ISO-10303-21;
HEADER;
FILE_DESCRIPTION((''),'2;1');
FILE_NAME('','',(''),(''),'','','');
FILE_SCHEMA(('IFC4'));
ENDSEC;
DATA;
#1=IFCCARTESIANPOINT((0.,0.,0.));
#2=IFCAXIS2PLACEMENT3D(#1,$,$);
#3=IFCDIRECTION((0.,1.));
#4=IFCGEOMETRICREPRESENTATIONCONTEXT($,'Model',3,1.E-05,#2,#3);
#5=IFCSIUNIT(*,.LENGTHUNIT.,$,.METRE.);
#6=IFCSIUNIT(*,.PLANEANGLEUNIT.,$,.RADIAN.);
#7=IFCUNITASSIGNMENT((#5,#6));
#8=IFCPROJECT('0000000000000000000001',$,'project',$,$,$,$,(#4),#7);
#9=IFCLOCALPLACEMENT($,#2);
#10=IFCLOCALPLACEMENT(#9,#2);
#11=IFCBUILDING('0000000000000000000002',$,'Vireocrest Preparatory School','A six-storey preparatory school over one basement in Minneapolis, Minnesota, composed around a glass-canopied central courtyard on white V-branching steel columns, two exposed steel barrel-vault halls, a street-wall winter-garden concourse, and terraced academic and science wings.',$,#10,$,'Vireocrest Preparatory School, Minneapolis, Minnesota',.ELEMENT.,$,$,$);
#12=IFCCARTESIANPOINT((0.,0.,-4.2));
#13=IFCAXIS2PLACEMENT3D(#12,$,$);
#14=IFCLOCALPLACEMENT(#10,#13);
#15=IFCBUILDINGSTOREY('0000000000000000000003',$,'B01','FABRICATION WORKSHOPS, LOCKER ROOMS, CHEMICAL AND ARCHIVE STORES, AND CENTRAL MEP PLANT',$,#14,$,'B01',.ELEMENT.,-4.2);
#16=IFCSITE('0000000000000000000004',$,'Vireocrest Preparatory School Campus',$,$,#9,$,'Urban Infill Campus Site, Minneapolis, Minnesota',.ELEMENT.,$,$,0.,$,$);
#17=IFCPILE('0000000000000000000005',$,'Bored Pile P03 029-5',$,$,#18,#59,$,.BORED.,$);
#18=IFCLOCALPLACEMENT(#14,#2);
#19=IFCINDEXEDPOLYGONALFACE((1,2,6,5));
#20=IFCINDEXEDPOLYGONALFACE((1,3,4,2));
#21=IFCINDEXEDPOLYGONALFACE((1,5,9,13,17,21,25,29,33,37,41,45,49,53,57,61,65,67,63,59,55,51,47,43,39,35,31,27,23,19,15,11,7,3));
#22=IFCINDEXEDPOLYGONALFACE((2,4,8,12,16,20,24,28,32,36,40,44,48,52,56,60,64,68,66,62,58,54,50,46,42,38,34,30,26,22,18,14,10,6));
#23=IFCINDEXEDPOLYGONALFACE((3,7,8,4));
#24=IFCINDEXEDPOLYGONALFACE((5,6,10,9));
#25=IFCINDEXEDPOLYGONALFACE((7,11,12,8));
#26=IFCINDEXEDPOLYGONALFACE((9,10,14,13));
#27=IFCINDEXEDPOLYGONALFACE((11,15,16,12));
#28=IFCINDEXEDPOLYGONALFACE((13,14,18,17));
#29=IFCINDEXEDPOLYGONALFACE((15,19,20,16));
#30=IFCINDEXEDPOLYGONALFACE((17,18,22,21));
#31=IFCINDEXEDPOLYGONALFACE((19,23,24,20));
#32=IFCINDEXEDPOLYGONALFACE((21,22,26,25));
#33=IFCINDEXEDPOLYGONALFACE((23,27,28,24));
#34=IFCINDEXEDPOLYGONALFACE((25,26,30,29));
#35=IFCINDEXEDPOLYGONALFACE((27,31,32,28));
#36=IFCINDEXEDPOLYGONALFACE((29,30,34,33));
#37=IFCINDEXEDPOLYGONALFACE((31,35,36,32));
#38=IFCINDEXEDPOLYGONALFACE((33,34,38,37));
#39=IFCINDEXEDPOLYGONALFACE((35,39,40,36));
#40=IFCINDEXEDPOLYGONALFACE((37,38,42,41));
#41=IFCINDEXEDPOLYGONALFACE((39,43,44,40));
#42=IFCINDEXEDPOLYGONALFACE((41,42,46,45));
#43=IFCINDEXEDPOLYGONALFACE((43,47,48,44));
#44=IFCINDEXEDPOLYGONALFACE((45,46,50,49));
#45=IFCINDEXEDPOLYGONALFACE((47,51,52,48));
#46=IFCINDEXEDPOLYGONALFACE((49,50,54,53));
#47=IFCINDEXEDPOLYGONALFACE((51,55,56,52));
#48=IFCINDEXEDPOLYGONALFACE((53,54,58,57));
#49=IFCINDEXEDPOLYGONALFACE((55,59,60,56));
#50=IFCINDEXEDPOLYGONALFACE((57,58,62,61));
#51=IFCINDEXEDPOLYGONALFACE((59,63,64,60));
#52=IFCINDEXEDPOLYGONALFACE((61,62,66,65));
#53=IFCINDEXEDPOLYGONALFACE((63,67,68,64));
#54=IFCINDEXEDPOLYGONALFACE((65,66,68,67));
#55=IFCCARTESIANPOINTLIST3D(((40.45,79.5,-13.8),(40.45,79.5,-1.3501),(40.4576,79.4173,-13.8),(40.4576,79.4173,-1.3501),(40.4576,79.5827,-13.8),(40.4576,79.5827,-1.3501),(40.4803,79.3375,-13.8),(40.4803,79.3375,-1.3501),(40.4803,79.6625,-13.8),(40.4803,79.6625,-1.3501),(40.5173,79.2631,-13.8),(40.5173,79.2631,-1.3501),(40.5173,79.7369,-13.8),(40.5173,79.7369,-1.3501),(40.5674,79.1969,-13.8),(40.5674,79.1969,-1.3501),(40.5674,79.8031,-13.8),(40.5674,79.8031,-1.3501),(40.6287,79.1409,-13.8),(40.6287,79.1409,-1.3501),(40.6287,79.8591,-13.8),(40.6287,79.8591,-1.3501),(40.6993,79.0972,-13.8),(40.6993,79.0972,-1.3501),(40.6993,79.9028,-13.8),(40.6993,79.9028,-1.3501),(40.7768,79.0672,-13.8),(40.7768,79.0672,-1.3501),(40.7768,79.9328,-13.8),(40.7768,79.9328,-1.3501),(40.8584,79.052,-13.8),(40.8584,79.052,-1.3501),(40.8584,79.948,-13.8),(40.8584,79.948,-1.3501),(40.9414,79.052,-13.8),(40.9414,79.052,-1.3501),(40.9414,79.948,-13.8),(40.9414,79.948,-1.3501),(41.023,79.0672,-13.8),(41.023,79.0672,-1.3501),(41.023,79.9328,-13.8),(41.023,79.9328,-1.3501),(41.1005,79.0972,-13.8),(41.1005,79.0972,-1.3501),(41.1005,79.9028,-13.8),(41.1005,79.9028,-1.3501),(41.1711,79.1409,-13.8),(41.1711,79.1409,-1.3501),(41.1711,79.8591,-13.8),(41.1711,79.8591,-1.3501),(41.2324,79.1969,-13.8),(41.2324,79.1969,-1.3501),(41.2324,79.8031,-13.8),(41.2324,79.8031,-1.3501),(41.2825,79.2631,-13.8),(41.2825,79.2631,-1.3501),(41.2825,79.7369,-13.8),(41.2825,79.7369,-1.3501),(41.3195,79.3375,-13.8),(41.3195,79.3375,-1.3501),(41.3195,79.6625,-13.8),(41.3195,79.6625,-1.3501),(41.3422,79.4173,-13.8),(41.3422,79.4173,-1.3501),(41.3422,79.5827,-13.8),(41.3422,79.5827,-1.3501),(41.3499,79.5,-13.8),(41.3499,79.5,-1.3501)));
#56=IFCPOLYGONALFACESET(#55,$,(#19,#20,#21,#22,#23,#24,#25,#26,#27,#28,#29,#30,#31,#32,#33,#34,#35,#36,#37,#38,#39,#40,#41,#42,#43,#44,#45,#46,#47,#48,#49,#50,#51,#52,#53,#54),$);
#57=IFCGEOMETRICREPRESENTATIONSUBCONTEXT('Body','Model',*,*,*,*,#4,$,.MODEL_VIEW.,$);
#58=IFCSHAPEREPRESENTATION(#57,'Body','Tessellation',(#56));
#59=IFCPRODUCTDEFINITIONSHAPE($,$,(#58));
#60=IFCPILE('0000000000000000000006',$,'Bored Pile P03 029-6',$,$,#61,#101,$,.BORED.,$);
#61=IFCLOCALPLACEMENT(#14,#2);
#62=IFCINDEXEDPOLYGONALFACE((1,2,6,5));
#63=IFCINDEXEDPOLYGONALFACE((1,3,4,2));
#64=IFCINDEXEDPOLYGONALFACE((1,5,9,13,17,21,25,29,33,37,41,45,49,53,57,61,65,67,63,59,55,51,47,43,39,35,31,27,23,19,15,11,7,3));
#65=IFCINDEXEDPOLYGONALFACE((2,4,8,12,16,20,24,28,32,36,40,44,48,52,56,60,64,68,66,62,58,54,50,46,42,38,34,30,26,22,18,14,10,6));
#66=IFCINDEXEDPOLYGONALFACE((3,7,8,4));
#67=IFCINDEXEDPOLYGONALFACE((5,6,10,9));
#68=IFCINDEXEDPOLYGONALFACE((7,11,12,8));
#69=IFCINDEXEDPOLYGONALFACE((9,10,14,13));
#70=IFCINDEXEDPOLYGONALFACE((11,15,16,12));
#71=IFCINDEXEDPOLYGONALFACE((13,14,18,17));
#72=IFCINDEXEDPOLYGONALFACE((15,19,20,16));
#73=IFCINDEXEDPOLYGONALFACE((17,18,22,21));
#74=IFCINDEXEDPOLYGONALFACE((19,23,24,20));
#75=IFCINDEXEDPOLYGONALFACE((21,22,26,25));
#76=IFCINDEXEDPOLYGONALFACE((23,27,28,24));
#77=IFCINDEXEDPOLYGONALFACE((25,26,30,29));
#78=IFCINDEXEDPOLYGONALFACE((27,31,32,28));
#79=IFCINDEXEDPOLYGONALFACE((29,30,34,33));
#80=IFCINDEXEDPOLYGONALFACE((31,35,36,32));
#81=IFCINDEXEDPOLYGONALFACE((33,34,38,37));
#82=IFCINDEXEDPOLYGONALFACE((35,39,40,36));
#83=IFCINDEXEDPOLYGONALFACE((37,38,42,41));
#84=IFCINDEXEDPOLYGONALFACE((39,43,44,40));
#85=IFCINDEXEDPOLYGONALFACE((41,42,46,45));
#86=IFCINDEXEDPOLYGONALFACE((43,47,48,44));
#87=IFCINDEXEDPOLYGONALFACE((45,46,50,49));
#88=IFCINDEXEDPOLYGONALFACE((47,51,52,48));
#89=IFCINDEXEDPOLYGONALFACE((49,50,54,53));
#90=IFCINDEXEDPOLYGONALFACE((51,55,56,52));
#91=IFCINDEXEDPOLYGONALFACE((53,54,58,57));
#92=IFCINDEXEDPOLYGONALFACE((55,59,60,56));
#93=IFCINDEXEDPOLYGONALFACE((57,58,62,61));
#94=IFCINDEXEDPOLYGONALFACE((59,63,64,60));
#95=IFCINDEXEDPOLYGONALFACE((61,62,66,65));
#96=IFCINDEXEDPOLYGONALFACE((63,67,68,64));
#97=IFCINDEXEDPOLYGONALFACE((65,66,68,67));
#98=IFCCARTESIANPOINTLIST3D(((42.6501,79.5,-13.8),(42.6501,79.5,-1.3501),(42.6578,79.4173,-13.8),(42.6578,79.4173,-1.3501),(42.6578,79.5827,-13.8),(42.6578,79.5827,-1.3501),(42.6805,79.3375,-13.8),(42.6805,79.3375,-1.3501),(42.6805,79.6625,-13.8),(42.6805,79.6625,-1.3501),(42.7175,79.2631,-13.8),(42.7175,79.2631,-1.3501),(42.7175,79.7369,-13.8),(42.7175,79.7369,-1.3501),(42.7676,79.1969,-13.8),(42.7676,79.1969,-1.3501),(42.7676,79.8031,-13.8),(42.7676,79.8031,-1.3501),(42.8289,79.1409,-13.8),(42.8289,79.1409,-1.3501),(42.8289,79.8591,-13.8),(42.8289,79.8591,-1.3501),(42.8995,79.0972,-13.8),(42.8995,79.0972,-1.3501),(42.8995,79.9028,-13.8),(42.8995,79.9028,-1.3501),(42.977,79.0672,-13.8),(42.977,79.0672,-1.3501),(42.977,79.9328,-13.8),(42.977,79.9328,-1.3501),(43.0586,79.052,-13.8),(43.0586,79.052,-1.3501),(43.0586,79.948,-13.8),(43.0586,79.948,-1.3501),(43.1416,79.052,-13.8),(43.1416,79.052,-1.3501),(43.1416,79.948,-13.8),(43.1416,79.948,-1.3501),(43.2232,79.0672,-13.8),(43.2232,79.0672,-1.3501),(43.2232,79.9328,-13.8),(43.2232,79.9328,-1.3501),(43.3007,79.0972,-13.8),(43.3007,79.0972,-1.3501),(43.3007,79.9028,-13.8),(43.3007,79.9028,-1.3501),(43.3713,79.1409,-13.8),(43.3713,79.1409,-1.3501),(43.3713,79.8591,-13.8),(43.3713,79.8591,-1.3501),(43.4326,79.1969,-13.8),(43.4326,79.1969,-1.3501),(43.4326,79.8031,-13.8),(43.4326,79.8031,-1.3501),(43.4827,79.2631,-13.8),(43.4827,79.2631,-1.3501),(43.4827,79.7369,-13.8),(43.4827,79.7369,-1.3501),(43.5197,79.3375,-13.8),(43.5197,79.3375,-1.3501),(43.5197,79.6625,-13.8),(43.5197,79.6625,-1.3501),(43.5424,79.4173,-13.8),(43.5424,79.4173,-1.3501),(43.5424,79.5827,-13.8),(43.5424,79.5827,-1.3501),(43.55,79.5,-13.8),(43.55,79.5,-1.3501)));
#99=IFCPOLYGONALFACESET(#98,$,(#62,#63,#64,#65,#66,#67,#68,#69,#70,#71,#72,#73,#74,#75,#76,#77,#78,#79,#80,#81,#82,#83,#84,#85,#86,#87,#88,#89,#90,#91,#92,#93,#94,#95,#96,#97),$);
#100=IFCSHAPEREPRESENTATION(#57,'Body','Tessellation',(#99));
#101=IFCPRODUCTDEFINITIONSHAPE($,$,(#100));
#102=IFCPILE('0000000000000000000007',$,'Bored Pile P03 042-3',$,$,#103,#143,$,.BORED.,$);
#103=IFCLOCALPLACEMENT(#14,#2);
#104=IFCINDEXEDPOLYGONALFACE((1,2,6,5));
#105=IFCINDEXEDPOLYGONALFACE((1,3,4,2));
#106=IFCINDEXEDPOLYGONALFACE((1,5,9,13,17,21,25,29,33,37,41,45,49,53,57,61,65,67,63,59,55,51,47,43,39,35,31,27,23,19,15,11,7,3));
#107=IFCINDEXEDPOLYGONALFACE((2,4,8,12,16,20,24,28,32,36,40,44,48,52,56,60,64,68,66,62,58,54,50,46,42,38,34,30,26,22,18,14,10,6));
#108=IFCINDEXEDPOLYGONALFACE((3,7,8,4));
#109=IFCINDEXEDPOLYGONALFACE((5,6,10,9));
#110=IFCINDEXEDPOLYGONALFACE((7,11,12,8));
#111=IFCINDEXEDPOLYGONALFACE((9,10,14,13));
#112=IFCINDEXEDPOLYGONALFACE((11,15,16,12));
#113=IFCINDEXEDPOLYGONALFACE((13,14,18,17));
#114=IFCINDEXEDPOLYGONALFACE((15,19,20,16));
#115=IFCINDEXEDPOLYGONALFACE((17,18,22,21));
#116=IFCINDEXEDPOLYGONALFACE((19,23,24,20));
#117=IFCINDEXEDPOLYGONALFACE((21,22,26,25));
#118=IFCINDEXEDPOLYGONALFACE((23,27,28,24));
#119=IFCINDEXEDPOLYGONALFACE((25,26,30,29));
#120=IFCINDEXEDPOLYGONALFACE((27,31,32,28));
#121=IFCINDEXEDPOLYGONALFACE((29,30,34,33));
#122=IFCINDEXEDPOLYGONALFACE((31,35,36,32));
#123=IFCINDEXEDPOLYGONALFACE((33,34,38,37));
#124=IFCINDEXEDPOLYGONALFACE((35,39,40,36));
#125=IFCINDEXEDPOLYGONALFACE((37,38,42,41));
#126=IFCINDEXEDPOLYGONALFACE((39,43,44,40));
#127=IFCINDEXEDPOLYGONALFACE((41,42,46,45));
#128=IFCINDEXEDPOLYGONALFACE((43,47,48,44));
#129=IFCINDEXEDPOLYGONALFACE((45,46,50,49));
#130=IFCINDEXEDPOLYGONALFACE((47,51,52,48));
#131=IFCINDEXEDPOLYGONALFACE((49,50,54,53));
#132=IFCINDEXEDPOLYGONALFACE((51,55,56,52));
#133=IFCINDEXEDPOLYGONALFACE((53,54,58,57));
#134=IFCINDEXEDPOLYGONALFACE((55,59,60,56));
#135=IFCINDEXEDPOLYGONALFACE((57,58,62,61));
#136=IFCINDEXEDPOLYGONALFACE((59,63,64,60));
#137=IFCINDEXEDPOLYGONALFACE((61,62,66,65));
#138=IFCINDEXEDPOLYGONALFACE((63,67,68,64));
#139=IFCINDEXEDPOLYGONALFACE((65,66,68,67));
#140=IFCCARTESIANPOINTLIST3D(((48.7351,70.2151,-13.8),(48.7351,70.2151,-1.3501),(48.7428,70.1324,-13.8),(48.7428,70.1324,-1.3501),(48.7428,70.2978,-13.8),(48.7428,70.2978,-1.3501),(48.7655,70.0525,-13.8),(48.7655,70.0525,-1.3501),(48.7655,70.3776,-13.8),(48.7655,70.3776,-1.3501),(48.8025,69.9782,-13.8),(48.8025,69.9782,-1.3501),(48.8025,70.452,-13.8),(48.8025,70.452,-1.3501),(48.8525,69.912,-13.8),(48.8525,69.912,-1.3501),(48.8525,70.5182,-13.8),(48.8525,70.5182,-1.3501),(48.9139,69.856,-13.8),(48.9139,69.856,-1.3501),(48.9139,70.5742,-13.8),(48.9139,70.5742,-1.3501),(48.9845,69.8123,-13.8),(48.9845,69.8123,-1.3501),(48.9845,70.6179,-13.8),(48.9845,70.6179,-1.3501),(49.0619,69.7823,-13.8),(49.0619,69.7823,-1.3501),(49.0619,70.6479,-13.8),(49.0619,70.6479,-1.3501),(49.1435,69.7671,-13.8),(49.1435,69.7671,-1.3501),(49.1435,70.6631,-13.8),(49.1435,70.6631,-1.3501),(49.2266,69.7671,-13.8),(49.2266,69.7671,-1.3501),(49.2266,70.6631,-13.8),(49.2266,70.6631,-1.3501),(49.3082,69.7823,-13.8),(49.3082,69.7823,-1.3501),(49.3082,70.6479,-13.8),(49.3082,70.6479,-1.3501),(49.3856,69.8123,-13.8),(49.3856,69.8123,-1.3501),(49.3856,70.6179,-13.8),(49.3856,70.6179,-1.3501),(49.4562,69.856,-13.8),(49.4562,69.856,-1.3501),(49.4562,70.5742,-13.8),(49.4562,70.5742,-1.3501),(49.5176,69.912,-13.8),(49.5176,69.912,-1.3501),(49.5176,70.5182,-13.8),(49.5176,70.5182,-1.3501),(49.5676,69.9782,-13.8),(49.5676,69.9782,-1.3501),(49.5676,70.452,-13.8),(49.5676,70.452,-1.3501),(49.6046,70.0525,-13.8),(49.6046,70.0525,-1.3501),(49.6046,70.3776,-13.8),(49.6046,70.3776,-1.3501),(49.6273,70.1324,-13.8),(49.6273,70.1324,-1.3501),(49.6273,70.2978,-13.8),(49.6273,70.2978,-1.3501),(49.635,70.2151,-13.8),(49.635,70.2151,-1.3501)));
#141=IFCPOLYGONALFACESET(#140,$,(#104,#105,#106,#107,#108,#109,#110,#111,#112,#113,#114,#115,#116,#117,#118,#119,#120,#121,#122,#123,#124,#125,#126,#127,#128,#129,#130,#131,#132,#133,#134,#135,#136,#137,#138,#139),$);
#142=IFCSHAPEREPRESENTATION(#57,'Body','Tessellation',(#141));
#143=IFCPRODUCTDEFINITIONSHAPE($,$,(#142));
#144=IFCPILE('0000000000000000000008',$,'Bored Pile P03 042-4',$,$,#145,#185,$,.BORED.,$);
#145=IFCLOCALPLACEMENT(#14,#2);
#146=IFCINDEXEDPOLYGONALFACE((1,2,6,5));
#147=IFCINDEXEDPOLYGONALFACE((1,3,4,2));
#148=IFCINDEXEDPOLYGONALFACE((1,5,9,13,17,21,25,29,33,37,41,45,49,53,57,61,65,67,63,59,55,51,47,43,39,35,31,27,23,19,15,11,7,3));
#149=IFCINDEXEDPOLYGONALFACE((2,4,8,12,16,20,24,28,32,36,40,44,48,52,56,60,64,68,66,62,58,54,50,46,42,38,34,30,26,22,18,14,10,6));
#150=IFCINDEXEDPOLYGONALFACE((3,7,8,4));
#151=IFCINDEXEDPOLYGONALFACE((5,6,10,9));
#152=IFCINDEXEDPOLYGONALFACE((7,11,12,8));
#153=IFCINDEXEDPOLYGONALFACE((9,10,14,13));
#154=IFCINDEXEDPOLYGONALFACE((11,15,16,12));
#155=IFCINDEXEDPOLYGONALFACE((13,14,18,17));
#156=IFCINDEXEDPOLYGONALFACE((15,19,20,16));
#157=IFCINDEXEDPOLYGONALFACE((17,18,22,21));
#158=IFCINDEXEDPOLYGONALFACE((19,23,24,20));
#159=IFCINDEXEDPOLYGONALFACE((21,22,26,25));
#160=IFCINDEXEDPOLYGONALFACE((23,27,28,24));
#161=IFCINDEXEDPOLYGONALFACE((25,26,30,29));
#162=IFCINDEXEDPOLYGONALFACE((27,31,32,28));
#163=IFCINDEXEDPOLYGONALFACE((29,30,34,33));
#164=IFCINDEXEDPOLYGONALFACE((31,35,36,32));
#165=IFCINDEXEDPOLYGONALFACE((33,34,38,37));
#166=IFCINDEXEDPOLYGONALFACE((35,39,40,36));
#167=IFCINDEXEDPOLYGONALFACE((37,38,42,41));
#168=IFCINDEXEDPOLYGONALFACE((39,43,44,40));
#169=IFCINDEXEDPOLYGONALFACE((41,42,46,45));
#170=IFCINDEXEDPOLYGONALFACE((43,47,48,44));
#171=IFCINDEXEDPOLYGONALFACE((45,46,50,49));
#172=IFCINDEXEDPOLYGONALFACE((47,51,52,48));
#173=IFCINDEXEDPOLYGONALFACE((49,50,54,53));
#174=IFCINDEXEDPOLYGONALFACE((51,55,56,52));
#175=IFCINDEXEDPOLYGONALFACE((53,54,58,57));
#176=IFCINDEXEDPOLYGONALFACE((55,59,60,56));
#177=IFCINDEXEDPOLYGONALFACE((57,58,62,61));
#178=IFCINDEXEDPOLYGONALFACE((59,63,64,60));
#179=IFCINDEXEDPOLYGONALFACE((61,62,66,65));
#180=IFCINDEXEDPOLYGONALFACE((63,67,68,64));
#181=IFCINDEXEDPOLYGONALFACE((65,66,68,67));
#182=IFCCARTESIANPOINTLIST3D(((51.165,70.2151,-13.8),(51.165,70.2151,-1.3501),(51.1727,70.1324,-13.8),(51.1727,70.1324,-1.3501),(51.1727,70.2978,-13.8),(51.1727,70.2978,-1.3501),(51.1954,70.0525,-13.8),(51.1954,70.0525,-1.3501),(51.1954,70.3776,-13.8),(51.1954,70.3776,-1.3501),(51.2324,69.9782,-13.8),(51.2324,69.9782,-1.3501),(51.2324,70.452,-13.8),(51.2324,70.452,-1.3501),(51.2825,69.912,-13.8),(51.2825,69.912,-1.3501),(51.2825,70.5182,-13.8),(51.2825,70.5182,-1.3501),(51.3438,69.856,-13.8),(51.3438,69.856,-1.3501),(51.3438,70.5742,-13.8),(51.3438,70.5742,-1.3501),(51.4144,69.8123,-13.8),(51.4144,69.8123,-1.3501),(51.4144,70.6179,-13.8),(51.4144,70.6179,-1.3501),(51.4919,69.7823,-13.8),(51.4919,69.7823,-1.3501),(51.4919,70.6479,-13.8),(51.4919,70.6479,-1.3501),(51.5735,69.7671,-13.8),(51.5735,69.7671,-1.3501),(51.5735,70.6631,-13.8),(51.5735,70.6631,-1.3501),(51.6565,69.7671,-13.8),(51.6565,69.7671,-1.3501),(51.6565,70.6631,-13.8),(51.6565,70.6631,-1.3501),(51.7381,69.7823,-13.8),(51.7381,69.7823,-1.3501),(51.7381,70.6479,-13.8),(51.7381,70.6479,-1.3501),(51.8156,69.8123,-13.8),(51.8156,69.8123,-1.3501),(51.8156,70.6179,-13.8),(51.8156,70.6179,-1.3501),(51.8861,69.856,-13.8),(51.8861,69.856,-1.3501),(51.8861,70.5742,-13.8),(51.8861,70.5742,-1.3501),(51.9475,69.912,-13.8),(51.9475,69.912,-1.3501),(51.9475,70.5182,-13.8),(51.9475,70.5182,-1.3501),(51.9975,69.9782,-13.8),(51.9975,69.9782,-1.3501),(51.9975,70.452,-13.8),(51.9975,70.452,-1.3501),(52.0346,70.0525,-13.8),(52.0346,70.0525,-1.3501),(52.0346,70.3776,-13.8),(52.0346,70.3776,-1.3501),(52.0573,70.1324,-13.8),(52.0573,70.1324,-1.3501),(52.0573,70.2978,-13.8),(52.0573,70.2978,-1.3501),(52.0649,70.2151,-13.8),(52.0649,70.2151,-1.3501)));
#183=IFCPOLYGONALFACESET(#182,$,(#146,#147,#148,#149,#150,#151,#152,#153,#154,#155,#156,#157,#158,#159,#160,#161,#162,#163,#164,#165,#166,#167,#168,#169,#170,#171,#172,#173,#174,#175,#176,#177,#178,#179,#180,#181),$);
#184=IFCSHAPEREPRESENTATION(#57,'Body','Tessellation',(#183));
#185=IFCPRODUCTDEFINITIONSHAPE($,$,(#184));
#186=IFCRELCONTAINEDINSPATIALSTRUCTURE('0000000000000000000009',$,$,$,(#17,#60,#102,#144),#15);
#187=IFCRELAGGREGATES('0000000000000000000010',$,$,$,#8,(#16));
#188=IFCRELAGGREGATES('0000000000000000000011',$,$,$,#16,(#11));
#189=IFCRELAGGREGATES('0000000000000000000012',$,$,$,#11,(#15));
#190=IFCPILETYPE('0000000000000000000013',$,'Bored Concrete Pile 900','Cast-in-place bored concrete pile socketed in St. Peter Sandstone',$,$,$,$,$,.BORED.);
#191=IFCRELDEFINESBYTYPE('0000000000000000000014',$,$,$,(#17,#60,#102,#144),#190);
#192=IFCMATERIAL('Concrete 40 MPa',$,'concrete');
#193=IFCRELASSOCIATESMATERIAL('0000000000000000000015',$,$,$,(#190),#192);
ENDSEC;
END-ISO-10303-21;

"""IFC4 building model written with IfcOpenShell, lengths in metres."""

from ifc_helpers import new_model, si_unit, direction, frame, origin, origin_2d, place, context, subcontext, project, spatial, circle, extrude, material, material_profile, profile_set, type_object, element, save


model = new_model("IFC4")

# Units and contexts
model_context = context("Model", 3, precision=1e-05, world=origin(), true_north=direction((0.0, 1.0)))
body_context = subcontext(model_context, "Body", "Model", "MODEL_VIEW")
ifc_project = project(units=[si_unit("LENGTHUNIT", "METRE"), si_unit("PLANEANGLEUNIT", "RADIAN")], contexts=[model_context])

# Site, building, storey
site_placement = place(None, origin())
site = spatial("IfcSite", under=ifc_project, at=site_placement, Name="Vireocrest Preparatory School Campus", LongName="Urban Infill Campus Site, Minneapolis, Minnesota", CompositionType="ELEMENT", RefElevation=0.0)
building_placement = place(site_placement, origin())
building = spatial("IfcBuilding", under=site, at=building_placement, Name="Vireocrest Preparatory School", Description="A six-storey preparatory school over one basement in Minneapolis, Minnesota, composed around a glass-canopied central courtyard on white V-branching steel columns, two exposed steel barrel-vault halls, a street-wall winter-garden concourse, and terraced academic and science wings.", LongName="Vireocrest Preparatory School, Minneapolis, Minnesota", CompositionType="ELEMENT")
storey_placement = place(building_placement, frame((0.0, 0.0, -4.2)))
storey = spatial("IfcBuildingStorey", under=building, at=storey_placement, Name="B01", Description="FABRICATION WORKSHOPS, LOCKER ROOMS, CHEMICAL AND ARCHIVE STORES, AND CENTRAL MEP PLANT", LongName="B01", CompositionType="ELEMENT", Elevation=-4.2)

# Piles
ifc_material_1 = material(Name="Concrete 40 MPa", Category="concrete")
ifc_material_profile_1 = material_profile(ifc_material_1, circle(Radius=0.45, at=origin_2d()), Name="BORED PILE 900")
ifc_profile_set_1 = profile_set([ifc_material_profile_1], Name="Concrete 40 MPa")
pile_type = type_object("IfcPileType", Name="Bored Concrete Pile 900", Description="Cast-in-place bored concrete pile socketed in St. Peter Sandstone", PredefinedType="BORED", material=ifc_profile_set_1)
for number, where, z_axis, x_axis, name in (
    (1, (40.8999, 79.5, -1.3501), (0.0, 0.0, -1.0), (1.0, 0.0, 0.0), "Bored Pile P03 029-5"),
    (2, (43.1001, 79.5, -1.3501), (0.0, 0.0, -1.0), (1.0, 0.0, 0.0), "Bored Pile P03 029-6"),
    (3, (49.1851, 70.2151, -1.3501), (0.0, 0.0, -1.0), (1.0, 0.0, 0.0), "Bored Pile P03 042-3"),
    (4, (51.615, 70.2151, -1.3501), (0.0, 0.0, -1.0), (1.0, 0.0, 0.0), "Bored Pile P03 042-4"),
):
    element("IfcPile", number, at=place(storey_placement, frame(where, z_axis=z_axis, x_axis=x_axis)), inside=storey, type_object=pile_type, Name=name, PredefinedType="BORED", context=body_context, shape_type="SweptSolid", body=[
        extrude(circle(Radius=0.45, at=origin_2d()), origin(), (0.0, 0.0, 1.0), 12.45),
    ])

save(model, "model.ifc")
